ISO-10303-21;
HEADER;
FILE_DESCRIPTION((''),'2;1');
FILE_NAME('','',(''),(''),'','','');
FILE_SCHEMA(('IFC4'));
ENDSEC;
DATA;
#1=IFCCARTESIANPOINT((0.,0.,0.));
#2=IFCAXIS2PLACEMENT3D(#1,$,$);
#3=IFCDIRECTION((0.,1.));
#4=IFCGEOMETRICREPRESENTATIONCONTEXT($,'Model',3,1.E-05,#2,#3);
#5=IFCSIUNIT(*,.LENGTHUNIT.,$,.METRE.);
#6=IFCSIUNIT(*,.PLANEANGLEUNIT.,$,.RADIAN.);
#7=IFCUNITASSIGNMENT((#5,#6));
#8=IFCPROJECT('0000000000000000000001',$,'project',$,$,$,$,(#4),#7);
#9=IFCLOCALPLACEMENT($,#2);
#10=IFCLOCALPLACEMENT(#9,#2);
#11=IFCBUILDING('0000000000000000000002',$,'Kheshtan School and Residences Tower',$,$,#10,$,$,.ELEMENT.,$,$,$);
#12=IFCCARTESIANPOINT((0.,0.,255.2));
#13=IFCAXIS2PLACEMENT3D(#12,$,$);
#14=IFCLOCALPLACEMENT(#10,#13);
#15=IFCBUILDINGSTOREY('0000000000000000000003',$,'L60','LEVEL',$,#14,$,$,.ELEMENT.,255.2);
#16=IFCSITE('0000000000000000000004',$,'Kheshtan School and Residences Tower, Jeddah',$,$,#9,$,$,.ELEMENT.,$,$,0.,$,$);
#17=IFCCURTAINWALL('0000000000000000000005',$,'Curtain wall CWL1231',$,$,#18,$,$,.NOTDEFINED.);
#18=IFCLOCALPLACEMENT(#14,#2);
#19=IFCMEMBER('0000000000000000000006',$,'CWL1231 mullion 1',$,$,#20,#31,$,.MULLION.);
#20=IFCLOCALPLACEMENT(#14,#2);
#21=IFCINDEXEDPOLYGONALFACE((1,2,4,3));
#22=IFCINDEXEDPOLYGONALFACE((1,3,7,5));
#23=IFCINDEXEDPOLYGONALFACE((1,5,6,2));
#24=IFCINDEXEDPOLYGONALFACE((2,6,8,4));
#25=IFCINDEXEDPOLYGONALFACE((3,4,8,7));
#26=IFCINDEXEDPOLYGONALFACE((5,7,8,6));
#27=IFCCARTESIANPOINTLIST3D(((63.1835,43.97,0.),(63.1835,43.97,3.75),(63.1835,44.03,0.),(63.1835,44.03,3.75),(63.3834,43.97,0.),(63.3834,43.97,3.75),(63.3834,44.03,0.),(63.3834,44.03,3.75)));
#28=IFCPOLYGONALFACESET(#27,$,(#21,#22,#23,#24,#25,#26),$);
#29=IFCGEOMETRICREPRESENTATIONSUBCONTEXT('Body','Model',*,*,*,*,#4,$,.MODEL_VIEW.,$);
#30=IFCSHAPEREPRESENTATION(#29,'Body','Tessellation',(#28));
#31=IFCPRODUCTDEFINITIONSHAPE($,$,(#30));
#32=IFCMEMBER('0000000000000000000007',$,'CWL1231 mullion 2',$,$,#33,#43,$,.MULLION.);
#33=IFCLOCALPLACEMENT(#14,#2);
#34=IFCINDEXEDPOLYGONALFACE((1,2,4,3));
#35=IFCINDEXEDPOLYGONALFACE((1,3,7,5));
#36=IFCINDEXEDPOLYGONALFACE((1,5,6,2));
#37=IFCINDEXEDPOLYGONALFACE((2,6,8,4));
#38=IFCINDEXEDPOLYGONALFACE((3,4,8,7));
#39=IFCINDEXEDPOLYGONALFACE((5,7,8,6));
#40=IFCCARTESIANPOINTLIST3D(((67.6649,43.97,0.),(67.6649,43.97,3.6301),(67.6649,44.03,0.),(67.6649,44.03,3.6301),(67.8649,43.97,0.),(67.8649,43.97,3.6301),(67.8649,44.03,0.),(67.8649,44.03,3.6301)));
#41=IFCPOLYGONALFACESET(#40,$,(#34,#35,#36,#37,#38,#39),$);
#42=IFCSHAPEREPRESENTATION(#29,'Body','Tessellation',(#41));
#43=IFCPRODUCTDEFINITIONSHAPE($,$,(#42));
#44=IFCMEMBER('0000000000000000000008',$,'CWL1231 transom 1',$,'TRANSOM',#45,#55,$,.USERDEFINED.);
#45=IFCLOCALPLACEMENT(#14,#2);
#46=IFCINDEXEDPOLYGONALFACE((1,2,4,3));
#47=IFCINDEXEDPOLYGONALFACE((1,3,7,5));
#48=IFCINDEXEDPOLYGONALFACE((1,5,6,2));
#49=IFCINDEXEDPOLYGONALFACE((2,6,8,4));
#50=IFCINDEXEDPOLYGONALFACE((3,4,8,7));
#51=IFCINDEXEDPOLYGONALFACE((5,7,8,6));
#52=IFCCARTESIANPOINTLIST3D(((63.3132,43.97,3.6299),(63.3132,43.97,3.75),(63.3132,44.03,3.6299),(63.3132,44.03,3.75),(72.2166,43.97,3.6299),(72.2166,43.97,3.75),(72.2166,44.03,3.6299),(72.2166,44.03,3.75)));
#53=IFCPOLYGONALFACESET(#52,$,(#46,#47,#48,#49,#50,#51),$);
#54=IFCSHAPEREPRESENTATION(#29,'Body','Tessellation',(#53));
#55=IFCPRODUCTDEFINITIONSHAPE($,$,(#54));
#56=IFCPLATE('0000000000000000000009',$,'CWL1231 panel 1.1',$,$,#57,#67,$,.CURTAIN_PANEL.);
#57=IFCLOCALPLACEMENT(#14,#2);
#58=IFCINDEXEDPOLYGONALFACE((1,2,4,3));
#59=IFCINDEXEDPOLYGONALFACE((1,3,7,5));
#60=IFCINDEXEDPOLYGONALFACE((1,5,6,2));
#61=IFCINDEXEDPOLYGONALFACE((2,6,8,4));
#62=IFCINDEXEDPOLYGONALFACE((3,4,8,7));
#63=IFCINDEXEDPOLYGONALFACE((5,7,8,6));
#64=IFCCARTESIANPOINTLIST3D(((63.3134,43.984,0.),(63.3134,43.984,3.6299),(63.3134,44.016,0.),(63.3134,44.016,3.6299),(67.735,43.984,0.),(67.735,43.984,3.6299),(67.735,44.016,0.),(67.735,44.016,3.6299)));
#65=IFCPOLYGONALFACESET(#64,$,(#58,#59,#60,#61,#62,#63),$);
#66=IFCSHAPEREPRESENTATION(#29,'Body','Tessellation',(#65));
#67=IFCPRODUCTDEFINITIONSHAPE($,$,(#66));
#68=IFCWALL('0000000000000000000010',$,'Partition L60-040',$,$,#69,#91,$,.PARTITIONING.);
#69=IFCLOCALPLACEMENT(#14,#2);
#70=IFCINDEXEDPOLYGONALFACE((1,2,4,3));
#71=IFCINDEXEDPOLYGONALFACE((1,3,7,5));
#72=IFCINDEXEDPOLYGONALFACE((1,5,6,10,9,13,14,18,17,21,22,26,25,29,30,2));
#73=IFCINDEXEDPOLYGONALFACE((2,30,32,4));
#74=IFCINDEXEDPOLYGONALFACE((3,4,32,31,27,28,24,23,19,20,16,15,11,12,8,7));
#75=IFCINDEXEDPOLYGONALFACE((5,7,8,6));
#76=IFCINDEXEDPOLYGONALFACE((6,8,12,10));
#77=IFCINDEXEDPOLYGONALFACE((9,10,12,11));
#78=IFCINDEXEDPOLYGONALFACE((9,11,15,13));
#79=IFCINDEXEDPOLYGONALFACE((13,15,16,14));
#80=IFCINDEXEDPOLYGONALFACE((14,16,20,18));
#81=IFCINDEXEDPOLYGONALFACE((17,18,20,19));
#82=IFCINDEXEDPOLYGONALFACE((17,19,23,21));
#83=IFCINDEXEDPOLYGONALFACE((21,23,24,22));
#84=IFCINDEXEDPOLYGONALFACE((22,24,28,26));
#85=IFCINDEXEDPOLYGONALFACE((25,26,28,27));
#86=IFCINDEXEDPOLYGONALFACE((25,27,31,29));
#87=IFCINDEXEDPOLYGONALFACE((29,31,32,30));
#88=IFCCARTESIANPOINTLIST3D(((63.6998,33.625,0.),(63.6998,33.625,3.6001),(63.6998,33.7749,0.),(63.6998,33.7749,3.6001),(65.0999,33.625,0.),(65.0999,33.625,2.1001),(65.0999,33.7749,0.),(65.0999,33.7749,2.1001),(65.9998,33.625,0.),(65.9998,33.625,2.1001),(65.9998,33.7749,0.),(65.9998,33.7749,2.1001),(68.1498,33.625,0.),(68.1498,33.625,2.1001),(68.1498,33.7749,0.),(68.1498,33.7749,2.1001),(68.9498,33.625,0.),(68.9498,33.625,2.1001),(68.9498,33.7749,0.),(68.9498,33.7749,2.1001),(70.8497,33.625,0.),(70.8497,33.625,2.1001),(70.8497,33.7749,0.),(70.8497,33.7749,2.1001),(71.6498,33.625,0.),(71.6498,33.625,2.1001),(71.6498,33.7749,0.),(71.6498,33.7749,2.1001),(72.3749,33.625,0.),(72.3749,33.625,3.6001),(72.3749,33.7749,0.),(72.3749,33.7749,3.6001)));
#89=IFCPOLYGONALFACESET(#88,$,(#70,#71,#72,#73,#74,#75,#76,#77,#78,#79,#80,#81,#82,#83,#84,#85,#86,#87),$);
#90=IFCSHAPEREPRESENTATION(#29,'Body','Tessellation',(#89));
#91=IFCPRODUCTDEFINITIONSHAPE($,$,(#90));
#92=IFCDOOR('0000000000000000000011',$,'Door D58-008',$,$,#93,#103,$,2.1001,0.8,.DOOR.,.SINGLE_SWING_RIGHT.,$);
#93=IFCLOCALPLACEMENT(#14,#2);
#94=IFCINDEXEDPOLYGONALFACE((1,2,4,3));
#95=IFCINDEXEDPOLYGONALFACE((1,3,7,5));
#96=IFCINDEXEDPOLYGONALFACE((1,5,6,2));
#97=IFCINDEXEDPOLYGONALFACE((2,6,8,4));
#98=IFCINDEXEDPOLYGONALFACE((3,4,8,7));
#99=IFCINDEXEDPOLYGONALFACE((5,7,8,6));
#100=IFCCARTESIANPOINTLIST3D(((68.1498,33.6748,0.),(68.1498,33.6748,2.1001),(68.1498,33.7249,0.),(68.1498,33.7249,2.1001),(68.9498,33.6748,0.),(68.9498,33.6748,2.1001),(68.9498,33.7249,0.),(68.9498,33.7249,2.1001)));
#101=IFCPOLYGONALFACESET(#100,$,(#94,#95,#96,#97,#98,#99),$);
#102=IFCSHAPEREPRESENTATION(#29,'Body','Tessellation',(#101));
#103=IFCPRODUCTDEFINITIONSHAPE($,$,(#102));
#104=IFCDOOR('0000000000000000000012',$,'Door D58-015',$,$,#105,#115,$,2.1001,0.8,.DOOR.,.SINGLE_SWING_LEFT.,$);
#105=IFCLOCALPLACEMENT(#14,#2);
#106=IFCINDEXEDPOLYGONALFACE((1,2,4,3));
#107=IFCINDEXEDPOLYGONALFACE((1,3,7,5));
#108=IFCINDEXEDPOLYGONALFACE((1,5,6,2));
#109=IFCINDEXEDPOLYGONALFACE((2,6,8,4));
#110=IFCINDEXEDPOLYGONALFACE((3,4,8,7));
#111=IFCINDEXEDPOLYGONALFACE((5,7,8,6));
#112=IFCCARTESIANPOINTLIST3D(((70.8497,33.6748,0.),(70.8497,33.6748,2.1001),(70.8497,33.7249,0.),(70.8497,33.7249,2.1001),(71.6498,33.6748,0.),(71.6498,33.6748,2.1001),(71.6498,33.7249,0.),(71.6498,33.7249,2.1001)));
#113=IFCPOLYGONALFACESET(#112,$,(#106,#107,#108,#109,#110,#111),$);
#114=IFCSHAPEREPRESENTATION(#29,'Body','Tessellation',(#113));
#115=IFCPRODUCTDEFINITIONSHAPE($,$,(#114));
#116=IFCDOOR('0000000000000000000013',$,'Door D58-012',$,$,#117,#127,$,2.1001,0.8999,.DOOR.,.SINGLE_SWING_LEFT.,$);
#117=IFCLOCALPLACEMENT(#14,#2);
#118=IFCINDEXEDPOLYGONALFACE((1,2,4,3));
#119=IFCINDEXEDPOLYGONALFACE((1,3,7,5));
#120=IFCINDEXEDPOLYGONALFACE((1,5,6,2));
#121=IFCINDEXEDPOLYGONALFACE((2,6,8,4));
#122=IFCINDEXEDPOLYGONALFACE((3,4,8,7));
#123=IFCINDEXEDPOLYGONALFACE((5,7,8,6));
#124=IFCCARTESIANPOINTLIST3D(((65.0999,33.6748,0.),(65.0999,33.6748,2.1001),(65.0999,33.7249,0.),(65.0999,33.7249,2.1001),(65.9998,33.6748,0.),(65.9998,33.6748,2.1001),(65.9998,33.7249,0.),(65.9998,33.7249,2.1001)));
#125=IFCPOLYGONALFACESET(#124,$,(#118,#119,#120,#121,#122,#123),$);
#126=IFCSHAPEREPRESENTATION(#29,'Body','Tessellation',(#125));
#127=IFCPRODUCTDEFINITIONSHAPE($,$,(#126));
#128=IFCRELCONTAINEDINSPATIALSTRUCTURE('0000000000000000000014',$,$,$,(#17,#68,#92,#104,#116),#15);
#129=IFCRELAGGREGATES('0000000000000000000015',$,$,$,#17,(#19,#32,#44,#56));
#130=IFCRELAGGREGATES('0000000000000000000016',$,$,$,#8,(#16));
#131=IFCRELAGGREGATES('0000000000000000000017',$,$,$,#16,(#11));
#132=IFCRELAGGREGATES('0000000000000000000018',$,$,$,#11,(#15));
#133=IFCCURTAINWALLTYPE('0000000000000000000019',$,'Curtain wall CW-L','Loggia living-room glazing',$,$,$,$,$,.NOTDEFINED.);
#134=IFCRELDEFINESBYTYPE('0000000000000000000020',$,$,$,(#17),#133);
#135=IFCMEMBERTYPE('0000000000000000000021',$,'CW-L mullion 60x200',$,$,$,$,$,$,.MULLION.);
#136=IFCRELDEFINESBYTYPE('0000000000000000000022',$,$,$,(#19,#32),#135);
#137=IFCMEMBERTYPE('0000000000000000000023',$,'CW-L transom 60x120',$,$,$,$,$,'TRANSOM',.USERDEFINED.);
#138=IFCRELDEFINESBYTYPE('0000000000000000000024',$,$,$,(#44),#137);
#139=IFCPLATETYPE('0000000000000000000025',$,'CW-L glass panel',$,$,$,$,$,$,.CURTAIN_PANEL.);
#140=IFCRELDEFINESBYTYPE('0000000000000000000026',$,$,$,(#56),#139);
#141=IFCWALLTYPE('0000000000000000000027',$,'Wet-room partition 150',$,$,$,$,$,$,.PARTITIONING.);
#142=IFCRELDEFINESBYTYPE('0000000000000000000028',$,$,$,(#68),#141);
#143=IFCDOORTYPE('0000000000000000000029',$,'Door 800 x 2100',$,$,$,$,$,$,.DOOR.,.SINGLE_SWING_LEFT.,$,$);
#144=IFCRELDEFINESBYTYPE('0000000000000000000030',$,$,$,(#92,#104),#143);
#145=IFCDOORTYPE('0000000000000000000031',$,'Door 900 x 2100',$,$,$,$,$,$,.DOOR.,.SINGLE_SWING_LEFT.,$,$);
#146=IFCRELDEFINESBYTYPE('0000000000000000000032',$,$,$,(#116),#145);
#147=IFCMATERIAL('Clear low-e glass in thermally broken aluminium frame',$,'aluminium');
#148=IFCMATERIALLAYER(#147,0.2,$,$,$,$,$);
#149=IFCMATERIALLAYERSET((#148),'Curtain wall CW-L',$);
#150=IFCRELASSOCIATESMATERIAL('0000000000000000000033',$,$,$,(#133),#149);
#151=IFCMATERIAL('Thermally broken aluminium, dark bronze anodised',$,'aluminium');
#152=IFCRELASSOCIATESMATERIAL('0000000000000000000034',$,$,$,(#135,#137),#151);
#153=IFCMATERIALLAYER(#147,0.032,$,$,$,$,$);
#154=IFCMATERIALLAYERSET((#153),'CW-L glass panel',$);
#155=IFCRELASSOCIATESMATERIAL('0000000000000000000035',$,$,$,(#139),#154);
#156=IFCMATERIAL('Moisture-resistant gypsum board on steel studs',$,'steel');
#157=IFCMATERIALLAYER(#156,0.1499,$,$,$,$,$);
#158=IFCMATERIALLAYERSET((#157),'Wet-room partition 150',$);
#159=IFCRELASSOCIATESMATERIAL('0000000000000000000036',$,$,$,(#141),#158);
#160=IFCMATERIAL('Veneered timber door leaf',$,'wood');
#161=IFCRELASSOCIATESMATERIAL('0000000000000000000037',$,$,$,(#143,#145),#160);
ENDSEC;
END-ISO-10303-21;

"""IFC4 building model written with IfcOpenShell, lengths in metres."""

from ifc_helpers import new_model, si_unit, direction, frame, frame_2d, origin, origin_2d, place, context, subcontext, project, spatial, rectangle, extrude, source, transform, mapped, material, layer, layer_set, material_profile, profile_set, type_object, element, fill, aggregate, save


model = new_model("IFC4")

# Units and contexts
model_context = context("Model", 3, precision=1e-05, world=origin(), true_north=direction((0.0, 1.0)))
body_context = subcontext(model_context, "Body", "Model", "MODEL_VIEW")
ifc_project = project(units=[si_unit("LENGTHUNIT", "METRE"), si_unit("PLANEANGLEUNIT", "RADIAN")], contexts=[model_context])

# Site, building, storey
site_placement = place(None, origin())
site = spatial("IfcSite", under=ifc_project, at=site_placement, Name="Kheshtan School and Residences Tower, Jeddah", CompositionType="ELEMENT", RefElevation=0.0)
building_placement = place(site_placement, origin())
building = spatial("IfcBuilding", under=site, at=building_placement, Name="Kheshtan School and Residences Tower", CompositionType="ELEMENT")
storey_placement = place(building_placement, frame((0.0, 0.0, 255.2)))
storey = spatial("IfcBuildingStorey", under=building, at=storey_placement, Name="L60", Description="LEVEL", CompositionType="ELEMENT", Elevation=255.2)

# Curtain wall, members, plate
ifc_material_1 = material(Name="Clear low-e glass in thermally broken aluminium frame", Category="aluminium")
ifc_layer_1 = layer(ifc_material_1, 0.2)
ifc_layer_set_1 = layer_set([ifc_layer_1], Name="Curtain wall CW-L")
curtain_wall_type = type_object("IfcCurtainWallType", Name="Curtain wall CW-L", Description="Loggia living-room glazing", PredefinedType="NOTDEFINED", material=ifc_layer_set_1)
curtain_wall_placement = place(storey_placement, origin())
curtain_wall = element("IfcCurtainWall", 1, at=curtain_wall_placement, inside=storey, type_object=curtain_wall_type, Name="Curtain wall CWL1231", PredefinedType="NOTDEFINED")
ifc_material_2 = material(Name="Thermally broken aluminium, dark bronze anodised", Category="aluminium")
ifc_material_profile_1 = material_profile(ifc_material_2, rectangle(XDim=0.0601, YDim=0.2, at=origin_2d()), Name="CW-L mullion 60x200")
ifc_profile_set_1 = profile_set([ifc_material_profile_1], Name="Thermally broken aluminium, dark bronze anodised")
member_type_1 = type_object("IfcMemberType", Name="CW-L mullion 60x200", PredefinedType="MULLION", material=ifc_profile_set_1)
member_1_placement = place(storey_placement, frame((63.2834, 44.0, 0.0), z_axis=(0.0, 0.0, 1.0), x_axis=(0.0, 1.0, 0.0)))
member_1 = element("IfcMember", 2, at=member_1_placement, type_object=member_type_1, Name="CWL1231 mullion 1", PredefinedType="MULLION", context=body_context, shape_type="SweptSolid", body=[
    extrude(rectangle(XDim=0.0601, YDim=0.2, at=origin_2d()), origin(), (0.0, 0.0, 1.0), 3.75),
])
member_2_placement = place(storey_placement, frame((67.7649, 44.0, 0.0), z_axis=(0.0, 0.0, 1.0), x_axis=(0.0, 1.0, 0.0)))
member_2 = element("IfcMember", 3, at=member_2_placement, type_object=member_type_1, Name="CWL1231 mullion 2", PredefinedType="MULLION", context=body_context, shape_type="SweptSolid", body=[
    extrude(rectangle(XDim=0.0601, YDim=0.2, at=origin_2d()), origin(), (0.0, 0.0, 1.0), 3.6301),
])
ifc_material_profile_2 = material_profile(ifc_material_2, rectangle(XDim=0.0601, YDim=0.1201, at=origin_2d()), Name="CW-L transom 60x120")
ifc_profile_set_2 = profile_set([ifc_material_profile_2], Name="Thermally broken aluminium, dark bronze anodised")
member_type_2 = type_object("IfcMemberType", Name="CW-L transom 60x120", ElementType="TRANSOM", PredefinedType="USERDEFINED", material=ifc_profile_set_2)
member_3_placement = place(storey_placement, frame((63.3132, 44.0, 3.6899), z_axis=(1.0, 0.0, 0.0), x_axis=(0.0, 1.0, 0.0)))
member_3 = element("IfcMember", 4, at=member_3_placement, type_object=member_type_2, Name="CWL1231 transom 1", ObjectType="TRANSOM", PredefinedType="USERDEFINED", context=body_context, shape_type="SweptSolid", body=[
    extrude(rectangle(XDim=0.0601, YDim=0.1201, at=origin_2d()), origin(), (0.0, 0.0, 1.0), 8.9033),
])
ifc_layer_2 = layer(ifc_material_1, 0.032)
ifc_layer_set_2 = layer_set([ifc_layer_2], Name="CW-L glass panel")
plate_type = type_object("IfcPlateType", Name="CW-L glass panel", PredefinedType="CURTAIN_PANEL", material=ifc_layer_set_2)
plate_placement = place(storey_placement, frame((65.5242, 44.0, 0.0), z_axis=(0.0, 0.0, 1.0), x_axis=(1.0, 0.0, 0.0)))
plate = element("IfcPlate", 5, at=plate_placement, type_object=plate_type, Name="CWL1231 panel 1.1", PredefinedType="CURTAIN_PANEL", context=body_context, shape_type="SweptSolid", body=[
    extrude(rectangle(XDim=4.4216, YDim=0.032, at=origin_2d()), origin(), (0.0, 0.0, 1.0), 3.6299),
])
aggregate(curtain_wall, [member_1, member_2, member_3, plate])

# Wall, openings, doors
ifc_material_3 = material(Name="Moisture-resistant gypsum board on steel studs", Category="steel")
ifc_layer_3 = layer(ifc_material_3, 0.1499)
ifc_layer_set_3 = layer_set([ifc_layer_3], Name="Wet-room partition 150")
wall_type_1 = type_object("IfcWallType", Name="Wet-room partition 150", PredefinedType="PARTITIONING", material=ifc_layer_set_3)
wall_1_placement = place(storey_placement, frame((63.7, 33.7, 0.0), z_axis=(0.0, 0.0, 1.0), x_axis=(1.0, 0.0, 0.0)))
wall_1 = element("IfcWall", 6, at=wall_1_placement, inside=storey, type_object=wall_type_1, Name="Partition L60-040", PredefinedType="PARTITIONING", context=body_context, shape_type="SweptSolid", body=[
    extrude(rectangle(XDim=8.675, YDim=0.1499, at=frame_2d((4.3374, 0.0))), origin(), (0.0, 0.0, 1.0), 3.6001),
])
opening_1_placement = place(wall_1_placement, frame((4.45, 0.0, 0.0)))
opening_1 = element("IfcOpeningElement", 7, at=opening_1_placement, cuts=wall_1, PredefinedType="OPENING", context=body_context, shape_type="SweptSolid", body=[
    extrude(rectangle(XDim=0.8, YDim=2.1001, at=frame_2d((0.3999, 1.05))), frame((0.0, 0.085, 0.0), z_axis=(0.0, -1.0, 0.0), x_axis=(1.0, 0.0, 0.0)), (0.0, 0.0, 1.0), 0.1699),
])
opening_2_placement = place(wall_1_placement, frame((1.3999, 0.0, 0.0)))
opening_2 = element("IfcOpeningElement", 8, at=opening_2_placement, cuts=wall_1, PredefinedType="OPENING", context=body_context, shape_type="SweptSolid", body=[
    extrude(rectangle(XDim=0.8999, YDim=2.1001, at=frame_2d((0.45, 1.05))), frame((0.0, 0.085, 0.0), z_axis=(0.0, -1.0, 0.0), x_axis=(1.0, 0.0, 0.0)), (0.0, 0.0, 1.0), 0.1699),
])
opening_3_placement = place(wall_1_placement, frame((7.1499, 0.0, 0.0)))
opening_3 = element("IfcOpeningElement", 9, at=opening_3_placement, cuts=wall_1, PredefinedType="OPENING", context=body_context, shape_type="SweptSolid", body=[
    extrude(rectangle(XDim=0.8, YDim=2.1001, at=frame_2d((0.3999, 1.05))), frame((0.0, 0.085, 0.0), z_axis=(0.0, -1.0, 0.0), x_axis=(1.0, 0.0, 0.0)), (0.0, 0.0, 1.0), 0.1699),
])
ifc_material_4 = material(Name="Veneered timber door leaf", Category="wood")
door_type_1 = type_object("IfcDoorType", Name="Door 800 x 2100", OperationType="SINGLE_SWING_LEFT", PredefinedType="DOOR", material=ifc_material_4)
shared_shape_1 = source(origin(), body_context, "Body", "SweptSolid", [
    extrude(rectangle(XDim=0.8, YDim=2.1001, at=frame_2d((0.3999, 1.05))), frame((0.0, 0.0249, 0.0), z_axis=(0.0, -1.0, 0.0), x_axis=(1.0, 0.0, 0.0)), (0.0, 0.0, 1.0), 0.05),
])
door_1_placement = place(opening_1_placement, origin())
door_1 = element("IfcDoor", 10, at=door_1_placement, inside=storey, type_object=door_type_1, Name="Door D58-008", OperationType="SINGLE_SWING_RIGHT", OverallHeight=2.1001, OverallWidth=0.8, PredefinedType="DOOR", context=body_context, shape_type="MappedRepresentation", body=[
    mapped(shared_shape_1, transform((0.0, 0.0, 0.0), x_axis=(1.0, 0.0, 0.0), y_axis=(0.0, 1.0, 0.0), z_axis=(0.0, 0.0, 1.0), scale=1.0)),
])
fill(opening_1, door_1)
door_2_placement = place(opening_3_placement, origin())
door_2 = element("IfcDoor", 11, at=door_2_placement, inside=storey, type_object=door_type_1, Name="Door D58-015", OperationType="SINGLE_SWING_LEFT", OverallHeight=2.1001, OverallWidth=0.8, PredefinedType="DOOR", context=body_context, shape_type="MappedRepresentation", body=[
    mapped(shared_shape_1, transform((0.0, 0.0, 0.0), x_axis=(1.0, 0.0, 0.0), y_axis=(0.0, 1.0, 0.0), z_axis=(0.0, 0.0, 1.0), scale=1.0)),
])
fill(opening_3, door_2)
door_type_2 = type_object("IfcDoorType", Name="Door 900 x 2100", OperationType="SINGLE_SWING_LEFT", PredefinedType="DOOR", material=ifc_material_4)
shared_shape_2 = source(origin(), body_context, "Body", "SweptSolid", [
    extrude(rectangle(XDim=0.8999, YDim=2.1001, at=frame_2d((0.45, 1.05))), frame((0.0, 0.0249, 0.0), z_axis=(0.0, -1.0, 0.0), x_axis=(1.0, 0.0, 0.0)), (0.0, 0.0, 1.0), 0.05),
])
door_3_placement = place(opening_2_placement, origin())
door_3 = element("IfcDoor", 12, at=door_3_placement, inside=storey, type_object=door_type_2, Name="Door D58-012", OperationType="SINGLE_SWING_LEFT", OverallHeight=2.1001, OverallWidth=0.8999, PredefinedType="DOOR", context=body_context, shape_type="MappedRepresentation", body=[
    mapped(shared_shape_2, transform((0.0, 0.0, 0.0), x_axis=(1.0, 0.0, 0.0), y_axis=(0.0, 1.0, 0.0), z_axis=(0.0, 0.0, 1.0), scale=1.0)),
])
fill(opening_2, door_3)

save(model, "model.ifc")
